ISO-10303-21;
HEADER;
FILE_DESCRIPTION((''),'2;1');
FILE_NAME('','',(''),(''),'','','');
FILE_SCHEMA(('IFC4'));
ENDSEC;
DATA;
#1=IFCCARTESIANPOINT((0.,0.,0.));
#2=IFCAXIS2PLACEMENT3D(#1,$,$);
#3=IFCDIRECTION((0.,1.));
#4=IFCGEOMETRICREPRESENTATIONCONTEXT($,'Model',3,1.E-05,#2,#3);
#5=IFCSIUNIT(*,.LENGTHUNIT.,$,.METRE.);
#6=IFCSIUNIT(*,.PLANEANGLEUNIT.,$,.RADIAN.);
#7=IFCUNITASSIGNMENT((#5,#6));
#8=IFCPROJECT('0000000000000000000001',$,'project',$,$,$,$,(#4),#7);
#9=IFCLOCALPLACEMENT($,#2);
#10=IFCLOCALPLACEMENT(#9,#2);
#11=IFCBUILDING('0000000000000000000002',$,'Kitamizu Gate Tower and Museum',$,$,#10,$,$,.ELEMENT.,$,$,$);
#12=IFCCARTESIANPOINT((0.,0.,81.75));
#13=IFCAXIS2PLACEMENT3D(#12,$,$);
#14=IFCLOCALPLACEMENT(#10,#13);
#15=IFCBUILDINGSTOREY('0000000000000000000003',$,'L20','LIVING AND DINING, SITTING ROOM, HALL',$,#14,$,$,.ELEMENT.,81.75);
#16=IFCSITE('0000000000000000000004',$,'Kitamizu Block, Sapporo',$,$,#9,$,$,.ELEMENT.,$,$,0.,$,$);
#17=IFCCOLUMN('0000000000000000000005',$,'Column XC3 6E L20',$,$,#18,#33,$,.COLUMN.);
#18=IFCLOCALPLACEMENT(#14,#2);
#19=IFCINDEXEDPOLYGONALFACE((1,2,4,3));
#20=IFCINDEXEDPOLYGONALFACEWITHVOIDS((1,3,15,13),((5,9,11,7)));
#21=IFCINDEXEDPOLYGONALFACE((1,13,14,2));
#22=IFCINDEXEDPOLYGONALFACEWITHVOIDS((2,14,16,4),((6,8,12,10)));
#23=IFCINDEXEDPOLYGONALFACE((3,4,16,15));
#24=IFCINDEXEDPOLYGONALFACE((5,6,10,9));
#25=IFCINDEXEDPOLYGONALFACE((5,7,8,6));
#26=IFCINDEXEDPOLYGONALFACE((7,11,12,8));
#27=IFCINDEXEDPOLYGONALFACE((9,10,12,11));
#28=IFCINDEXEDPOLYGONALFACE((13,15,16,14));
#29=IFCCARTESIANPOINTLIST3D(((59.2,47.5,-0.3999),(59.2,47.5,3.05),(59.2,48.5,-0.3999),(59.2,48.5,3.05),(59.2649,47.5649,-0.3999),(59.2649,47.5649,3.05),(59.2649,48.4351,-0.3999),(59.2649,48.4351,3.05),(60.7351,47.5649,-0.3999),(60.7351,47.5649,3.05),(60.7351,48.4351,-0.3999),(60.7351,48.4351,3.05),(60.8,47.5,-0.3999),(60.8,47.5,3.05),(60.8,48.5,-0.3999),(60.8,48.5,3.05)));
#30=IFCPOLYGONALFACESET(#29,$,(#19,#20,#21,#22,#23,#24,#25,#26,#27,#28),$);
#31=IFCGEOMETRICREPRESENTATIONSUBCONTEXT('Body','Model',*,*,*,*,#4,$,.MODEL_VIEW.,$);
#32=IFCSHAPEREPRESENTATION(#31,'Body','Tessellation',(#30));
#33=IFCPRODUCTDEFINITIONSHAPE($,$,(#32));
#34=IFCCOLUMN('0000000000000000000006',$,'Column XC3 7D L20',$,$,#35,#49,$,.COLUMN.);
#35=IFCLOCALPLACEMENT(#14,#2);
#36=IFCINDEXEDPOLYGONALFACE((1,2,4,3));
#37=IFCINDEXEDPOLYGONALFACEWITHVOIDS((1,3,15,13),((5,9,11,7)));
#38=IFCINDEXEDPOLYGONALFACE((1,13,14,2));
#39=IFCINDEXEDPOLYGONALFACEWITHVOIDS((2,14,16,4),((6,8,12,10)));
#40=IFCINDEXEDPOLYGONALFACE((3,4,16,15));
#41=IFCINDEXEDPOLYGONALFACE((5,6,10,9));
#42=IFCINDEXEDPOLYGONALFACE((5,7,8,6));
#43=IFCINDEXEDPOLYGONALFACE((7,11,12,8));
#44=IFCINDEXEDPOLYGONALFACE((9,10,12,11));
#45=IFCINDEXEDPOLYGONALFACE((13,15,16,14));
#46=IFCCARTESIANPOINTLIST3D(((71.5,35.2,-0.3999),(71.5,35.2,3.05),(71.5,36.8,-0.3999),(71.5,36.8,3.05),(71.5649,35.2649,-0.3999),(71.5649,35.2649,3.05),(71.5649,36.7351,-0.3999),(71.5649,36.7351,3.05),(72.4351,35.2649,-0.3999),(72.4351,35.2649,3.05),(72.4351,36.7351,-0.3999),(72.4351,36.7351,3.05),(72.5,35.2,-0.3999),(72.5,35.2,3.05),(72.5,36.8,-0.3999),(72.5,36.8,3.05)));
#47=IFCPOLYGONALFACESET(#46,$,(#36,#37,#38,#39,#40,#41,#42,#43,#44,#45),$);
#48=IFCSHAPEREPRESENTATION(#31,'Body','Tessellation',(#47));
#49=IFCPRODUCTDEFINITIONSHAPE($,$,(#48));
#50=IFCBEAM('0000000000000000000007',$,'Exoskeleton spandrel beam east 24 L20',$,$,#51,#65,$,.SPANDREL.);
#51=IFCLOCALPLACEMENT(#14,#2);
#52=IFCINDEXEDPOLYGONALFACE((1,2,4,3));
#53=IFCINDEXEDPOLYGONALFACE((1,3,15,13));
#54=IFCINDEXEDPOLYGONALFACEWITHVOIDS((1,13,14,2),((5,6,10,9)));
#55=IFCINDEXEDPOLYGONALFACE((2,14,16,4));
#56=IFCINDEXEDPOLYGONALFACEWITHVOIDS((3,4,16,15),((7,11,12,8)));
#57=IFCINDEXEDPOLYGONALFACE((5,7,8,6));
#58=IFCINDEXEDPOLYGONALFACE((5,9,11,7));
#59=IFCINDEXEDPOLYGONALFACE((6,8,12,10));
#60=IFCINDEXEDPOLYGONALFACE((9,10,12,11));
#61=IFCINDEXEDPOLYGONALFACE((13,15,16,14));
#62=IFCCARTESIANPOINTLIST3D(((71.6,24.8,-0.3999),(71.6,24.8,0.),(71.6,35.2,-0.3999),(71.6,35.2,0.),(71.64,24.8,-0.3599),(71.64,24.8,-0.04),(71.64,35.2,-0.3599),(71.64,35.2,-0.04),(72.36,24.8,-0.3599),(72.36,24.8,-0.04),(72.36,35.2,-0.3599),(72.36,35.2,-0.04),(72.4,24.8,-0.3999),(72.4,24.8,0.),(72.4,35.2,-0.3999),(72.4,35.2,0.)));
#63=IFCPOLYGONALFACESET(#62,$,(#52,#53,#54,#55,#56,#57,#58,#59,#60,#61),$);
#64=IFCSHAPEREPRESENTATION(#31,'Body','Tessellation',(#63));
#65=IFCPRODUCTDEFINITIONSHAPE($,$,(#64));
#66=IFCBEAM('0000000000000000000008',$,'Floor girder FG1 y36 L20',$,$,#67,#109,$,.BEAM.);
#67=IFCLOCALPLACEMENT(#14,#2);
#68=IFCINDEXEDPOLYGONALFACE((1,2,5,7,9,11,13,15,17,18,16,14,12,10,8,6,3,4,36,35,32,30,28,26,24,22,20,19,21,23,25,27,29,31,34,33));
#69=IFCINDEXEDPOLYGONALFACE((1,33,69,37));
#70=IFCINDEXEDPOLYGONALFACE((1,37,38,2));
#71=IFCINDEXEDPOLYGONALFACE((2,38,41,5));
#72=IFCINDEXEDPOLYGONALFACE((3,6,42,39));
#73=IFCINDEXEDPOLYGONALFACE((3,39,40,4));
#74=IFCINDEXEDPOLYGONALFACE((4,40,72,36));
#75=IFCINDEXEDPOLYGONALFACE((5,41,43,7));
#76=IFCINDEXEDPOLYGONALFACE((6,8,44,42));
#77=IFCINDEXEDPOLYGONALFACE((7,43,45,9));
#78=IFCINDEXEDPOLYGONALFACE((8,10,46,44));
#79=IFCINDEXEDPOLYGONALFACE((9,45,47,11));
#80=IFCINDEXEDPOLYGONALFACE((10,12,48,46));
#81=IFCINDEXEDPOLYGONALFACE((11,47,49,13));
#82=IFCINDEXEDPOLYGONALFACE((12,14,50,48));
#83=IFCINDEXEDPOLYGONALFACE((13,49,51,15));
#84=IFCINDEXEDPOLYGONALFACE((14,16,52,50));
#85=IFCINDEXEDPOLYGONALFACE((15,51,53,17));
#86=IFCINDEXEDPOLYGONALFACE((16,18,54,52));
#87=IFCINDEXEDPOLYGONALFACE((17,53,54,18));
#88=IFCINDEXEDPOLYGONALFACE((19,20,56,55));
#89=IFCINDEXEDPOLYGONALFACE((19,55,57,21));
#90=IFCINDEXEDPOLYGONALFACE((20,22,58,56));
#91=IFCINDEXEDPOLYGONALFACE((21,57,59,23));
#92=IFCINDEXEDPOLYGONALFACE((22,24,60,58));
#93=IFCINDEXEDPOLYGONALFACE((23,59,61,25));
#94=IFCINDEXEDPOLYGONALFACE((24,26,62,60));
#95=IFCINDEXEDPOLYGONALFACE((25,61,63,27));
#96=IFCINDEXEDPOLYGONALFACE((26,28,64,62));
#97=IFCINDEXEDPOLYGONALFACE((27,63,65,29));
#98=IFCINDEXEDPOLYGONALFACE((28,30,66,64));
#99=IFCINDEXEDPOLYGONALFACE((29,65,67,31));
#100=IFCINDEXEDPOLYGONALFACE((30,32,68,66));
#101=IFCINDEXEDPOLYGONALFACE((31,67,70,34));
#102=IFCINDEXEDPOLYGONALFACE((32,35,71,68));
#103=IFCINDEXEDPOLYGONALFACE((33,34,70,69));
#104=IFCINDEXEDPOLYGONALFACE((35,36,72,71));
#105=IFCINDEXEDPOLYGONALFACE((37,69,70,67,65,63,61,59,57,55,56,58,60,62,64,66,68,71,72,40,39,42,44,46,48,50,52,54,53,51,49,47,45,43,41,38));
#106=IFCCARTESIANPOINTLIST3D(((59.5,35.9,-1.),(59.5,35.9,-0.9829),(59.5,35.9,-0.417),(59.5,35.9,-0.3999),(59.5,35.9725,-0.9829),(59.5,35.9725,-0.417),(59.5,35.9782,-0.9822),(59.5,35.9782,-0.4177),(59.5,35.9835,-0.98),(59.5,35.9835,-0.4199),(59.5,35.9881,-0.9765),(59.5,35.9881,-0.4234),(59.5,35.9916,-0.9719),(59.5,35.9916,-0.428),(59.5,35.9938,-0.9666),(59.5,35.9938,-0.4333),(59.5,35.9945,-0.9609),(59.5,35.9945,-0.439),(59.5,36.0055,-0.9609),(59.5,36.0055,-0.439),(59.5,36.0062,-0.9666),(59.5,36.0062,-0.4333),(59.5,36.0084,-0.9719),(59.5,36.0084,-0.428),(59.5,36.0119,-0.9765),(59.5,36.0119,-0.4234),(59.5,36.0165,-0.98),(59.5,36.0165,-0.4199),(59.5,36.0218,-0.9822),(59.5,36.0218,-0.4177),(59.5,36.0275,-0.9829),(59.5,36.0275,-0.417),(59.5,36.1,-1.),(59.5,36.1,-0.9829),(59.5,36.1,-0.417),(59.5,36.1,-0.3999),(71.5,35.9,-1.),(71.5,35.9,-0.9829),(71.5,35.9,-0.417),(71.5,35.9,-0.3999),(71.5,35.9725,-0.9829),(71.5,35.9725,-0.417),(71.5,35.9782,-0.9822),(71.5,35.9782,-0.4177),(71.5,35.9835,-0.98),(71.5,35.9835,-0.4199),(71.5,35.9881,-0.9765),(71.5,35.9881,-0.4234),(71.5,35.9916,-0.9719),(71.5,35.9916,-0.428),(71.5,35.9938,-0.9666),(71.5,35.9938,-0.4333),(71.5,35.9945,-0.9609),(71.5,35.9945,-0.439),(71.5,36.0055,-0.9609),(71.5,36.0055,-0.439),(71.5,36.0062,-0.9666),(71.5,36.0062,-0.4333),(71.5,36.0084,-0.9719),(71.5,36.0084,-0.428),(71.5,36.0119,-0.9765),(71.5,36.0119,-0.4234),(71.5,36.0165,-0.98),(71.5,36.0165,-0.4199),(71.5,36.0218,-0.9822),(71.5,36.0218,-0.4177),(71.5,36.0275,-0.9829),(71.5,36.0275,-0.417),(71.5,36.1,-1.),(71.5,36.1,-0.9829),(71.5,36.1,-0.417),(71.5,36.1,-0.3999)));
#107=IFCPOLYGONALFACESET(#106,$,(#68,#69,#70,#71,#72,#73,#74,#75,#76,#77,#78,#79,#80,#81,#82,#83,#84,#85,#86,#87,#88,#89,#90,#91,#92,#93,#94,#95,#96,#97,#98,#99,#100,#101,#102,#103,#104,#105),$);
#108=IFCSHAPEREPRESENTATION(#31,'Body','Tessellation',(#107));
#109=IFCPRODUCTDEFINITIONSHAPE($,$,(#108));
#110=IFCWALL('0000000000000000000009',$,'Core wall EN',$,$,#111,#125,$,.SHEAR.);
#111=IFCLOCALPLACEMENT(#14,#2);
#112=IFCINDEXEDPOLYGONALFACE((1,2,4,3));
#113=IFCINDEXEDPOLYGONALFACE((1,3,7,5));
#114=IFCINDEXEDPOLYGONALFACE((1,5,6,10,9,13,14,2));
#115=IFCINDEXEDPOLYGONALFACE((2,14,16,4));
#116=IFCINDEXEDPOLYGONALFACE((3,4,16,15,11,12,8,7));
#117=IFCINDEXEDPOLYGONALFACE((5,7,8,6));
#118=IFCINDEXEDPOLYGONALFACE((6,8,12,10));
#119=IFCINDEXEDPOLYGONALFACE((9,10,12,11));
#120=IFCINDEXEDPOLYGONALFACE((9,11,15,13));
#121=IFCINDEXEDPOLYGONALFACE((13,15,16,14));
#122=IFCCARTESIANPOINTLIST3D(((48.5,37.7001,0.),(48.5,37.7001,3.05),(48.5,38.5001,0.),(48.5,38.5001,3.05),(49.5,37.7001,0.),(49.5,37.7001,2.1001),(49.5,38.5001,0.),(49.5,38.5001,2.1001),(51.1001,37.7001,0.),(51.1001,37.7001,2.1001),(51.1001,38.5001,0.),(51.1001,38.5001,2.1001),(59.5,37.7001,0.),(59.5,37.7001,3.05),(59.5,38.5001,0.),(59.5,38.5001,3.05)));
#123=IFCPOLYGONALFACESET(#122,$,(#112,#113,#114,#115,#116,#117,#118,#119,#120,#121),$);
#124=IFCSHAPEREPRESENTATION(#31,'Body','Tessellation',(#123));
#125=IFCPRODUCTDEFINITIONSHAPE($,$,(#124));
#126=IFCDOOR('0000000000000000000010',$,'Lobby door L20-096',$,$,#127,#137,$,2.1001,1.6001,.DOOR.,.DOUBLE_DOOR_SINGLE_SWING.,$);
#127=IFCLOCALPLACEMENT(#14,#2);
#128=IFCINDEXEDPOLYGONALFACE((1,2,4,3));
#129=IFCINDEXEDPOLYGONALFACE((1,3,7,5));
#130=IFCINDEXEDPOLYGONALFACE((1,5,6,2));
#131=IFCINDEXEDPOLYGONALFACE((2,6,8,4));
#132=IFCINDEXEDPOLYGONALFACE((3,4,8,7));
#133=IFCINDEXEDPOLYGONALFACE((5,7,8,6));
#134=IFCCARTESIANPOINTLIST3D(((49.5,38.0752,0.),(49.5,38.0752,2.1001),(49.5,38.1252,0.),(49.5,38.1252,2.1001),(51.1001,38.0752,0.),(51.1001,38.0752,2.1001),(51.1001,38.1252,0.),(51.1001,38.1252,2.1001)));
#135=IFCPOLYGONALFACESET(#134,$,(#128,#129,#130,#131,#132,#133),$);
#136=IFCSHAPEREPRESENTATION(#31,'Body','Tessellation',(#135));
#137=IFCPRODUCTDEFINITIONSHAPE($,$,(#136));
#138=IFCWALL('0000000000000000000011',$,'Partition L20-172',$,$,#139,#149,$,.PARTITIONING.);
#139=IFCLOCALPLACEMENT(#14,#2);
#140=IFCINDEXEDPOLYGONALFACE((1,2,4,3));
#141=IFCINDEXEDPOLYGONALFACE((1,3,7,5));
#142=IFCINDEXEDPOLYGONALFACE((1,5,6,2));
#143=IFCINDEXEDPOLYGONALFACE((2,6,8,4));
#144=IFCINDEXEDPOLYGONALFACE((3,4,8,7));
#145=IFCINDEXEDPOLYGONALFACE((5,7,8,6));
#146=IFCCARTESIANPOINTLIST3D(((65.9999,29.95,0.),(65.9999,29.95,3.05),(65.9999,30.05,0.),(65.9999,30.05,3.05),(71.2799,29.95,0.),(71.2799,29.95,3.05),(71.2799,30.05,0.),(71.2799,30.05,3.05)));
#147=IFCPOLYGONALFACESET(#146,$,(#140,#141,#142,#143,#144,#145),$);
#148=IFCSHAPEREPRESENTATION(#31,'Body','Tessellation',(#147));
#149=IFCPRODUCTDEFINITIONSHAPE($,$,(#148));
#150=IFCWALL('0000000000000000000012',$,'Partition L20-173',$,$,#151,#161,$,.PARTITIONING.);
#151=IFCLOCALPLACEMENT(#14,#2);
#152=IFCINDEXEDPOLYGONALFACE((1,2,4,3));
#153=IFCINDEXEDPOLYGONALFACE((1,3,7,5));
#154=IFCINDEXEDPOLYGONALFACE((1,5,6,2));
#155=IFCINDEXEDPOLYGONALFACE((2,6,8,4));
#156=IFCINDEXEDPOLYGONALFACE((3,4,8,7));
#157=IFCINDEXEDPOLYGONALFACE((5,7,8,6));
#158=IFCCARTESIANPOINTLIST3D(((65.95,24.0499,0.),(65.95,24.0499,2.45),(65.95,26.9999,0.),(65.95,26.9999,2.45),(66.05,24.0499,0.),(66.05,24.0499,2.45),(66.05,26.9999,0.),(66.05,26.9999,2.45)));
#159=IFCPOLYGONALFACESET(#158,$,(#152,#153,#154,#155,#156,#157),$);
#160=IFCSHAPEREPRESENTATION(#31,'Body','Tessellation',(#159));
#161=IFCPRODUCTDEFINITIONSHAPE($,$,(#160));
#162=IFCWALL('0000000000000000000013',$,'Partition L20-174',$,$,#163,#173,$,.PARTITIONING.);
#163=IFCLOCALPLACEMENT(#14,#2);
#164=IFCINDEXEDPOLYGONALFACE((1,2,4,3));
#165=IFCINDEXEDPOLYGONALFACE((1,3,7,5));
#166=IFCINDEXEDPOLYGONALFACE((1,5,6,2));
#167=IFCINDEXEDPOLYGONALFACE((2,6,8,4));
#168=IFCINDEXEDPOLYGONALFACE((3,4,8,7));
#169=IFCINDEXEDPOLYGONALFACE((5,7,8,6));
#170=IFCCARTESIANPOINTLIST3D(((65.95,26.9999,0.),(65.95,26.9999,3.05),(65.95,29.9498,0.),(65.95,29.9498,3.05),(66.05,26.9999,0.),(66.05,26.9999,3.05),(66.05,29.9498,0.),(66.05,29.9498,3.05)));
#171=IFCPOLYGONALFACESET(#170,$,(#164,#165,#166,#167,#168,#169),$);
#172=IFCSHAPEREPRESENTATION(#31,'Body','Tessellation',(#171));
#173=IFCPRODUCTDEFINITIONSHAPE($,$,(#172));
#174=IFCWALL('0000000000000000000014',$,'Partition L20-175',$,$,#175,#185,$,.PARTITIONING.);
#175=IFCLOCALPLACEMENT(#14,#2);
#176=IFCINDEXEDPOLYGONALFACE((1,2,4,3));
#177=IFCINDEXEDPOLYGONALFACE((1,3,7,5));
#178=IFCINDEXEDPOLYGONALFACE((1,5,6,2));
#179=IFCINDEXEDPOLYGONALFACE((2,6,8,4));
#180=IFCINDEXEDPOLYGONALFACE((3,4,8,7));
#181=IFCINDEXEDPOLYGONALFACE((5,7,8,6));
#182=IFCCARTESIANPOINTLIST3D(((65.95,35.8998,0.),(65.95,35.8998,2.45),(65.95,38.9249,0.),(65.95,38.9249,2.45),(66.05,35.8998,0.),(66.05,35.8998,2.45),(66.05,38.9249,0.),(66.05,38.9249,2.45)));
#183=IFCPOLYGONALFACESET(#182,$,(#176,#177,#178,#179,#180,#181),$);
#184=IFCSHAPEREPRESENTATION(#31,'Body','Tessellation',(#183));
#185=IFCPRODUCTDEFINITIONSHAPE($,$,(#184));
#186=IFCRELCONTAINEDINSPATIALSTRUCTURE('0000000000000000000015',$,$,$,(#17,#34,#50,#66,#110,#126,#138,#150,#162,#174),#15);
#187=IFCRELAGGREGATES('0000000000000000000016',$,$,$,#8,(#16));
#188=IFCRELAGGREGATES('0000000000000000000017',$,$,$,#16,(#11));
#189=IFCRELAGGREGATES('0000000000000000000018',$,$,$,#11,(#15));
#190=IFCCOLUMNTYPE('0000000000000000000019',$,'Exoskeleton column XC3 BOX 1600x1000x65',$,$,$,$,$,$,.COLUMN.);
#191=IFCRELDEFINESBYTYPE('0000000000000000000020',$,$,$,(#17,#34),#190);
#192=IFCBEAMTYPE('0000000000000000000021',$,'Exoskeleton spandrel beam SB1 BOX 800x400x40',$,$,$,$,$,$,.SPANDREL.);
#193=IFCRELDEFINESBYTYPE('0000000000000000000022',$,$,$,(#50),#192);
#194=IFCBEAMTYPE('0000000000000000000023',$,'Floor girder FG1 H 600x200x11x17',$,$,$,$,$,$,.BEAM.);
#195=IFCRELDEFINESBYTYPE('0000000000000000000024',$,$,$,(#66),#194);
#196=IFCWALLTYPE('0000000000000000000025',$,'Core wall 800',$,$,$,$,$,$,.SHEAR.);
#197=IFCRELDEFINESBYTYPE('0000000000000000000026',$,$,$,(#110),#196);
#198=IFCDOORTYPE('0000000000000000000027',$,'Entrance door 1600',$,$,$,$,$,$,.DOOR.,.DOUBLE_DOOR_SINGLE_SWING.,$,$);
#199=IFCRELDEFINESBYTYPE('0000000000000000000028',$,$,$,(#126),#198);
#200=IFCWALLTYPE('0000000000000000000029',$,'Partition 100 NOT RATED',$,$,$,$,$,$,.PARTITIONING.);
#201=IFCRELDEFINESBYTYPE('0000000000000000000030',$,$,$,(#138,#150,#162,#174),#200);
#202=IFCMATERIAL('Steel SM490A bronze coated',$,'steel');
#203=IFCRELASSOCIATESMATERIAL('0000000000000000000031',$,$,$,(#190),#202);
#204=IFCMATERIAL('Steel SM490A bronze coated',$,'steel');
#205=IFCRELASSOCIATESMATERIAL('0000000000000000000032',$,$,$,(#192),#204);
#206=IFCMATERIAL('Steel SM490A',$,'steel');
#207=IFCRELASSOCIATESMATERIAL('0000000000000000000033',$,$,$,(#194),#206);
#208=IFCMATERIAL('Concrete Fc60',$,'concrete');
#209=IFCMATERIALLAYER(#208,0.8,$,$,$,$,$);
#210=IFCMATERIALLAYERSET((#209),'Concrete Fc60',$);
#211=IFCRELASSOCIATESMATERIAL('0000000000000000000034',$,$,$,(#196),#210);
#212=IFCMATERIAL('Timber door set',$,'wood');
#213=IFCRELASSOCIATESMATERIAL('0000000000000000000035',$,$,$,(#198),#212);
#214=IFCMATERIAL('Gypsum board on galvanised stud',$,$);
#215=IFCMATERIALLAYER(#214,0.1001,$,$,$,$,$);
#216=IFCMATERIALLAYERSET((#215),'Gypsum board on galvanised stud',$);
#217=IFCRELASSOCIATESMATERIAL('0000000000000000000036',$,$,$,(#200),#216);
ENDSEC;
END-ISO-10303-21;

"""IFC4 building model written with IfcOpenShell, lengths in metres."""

from ifc_helpers import new_model, si_unit, direction, frame, frame_2d, origin, origin_2d, place, context, subcontext, project, spatial, rectangle, hollow_rectangle, i_section, extrude, material, layer, layer_set, material_profile, profile_set, type_object, element, fill, save


model = new_model("IFC4")

# Units and contexts
model_context = context("Model", 3, precision=1e-05, world=origin(), true_north=direction((0.0, 1.0)))
body_context = subcontext(model_context, "Body", "Model", "MODEL_VIEW")
ifc_project = project(units=[si_unit("LENGTHUNIT", "METRE"), si_unit("PLANEANGLEUNIT", "RADIAN")], contexts=[model_context])

# Site, building, storey
site_placement = place(None, origin())
site = spatial("IfcSite", under=ifc_project, at=site_placement, Name="Kitamizu Block, Sapporo", CompositionType="ELEMENT", RefElevation=0.0)
building_placement = place(site_placement, origin())
building = spatial("IfcBuilding", under=site, at=building_placement, Name="Kitamizu Gate Tower and Museum", CompositionType="ELEMENT")
storey_placement = place(building_placement, frame((0.0, 0.0, 81.75)))
storey = spatial("IfcBuildingStorey", under=building, at=storey_placement, Name="L20", Description="LIVING AND DINING, SITTING ROOM, HALL", CompositionType="ELEMENT", Elevation=81.75)

# Columns
ifc_material_1 = material(Name="Steel SM490A bronze coated", Category="steel")
ifc_material_profile_1 = material_profile(ifc_material_1, hollow_rectangle(XDim=1.6001, YDim=1.0, WallThickness=0.0649, at=origin_2d()), Name="BOX 1600x1000x65")
ifc_profile_set_1 = profile_set([ifc_material_profile_1], Name="Steel SM490A bronze coated")
column_type = type_object("IfcColumnType", Name="Exoskeleton column XC3 BOX 1600x1000x65", PredefinedType="COLUMN", material=ifc_profile_set_1)
for number, where, z_axis, x_axis, name in (
    (1, (60.0, 48.0, -0.3999), (0.0, 0.0, 1.0), (1.0, 0.0, 0.0), "Column XC3 6E L20"),
    (2, (72.0, 36.0, -0.3999), (0.0, 0.0, 1.0), (0.0, 1.0, 0.0), "Column XC3 7D L20"),
):
    element("IfcColumn", number, at=place(storey_placement, frame(where, z_axis=z_axis, x_axis=x_axis)), inside=storey, type_object=column_type, Name=name, PredefinedType="COLUMN", context=body_context, shape_type="SweptSolid", body=[
        extrude(hollow_rectangle(XDim=1.6001, YDim=1.0, WallThickness=0.0649, at=origin_2d()), origin(), (0.0, 0.0, 1.0), 3.45),
    ])

# Beams
ifc_material_2 = material(Name="Steel SM490A bronze coated", Category="steel")
ifc_material_profile_2 = material_profile(ifc_material_2, hollow_rectangle(XDim=0.8, YDim=0.3999, WallThickness=0.04, at=origin_2d()), Name="BOX 800x400x40")
ifc_profile_set_2 = profile_set([ifc_material_profile_2], Name="Steel SM490A bronze coated")
beam_type_1 = type_object("IfcBeamType", Name="Exoskeleton spandrel beam SB1 BOX 800x400x40", PredefinedType="SPANDREL", material=ifc_profile_set_2)
beam_1_placement = place(storey_placement, frame((72.0, 24.8, -0.2), z_axis=(0.0, 1.0, 0.0), x_axis=(-1.0, 0.0, 0.0)))
element("IfcBeam", 3, at=beam_1_placement, inside=storey, type_object=beam_type_1, Name="Exoskeleton spandrel beam east 24 L20", PredefinedType="SPANDREL", context=body_context, shape_type="SweptSolid", body=[
    extrude(hollow_rectangle(XDim=0.8, YDim=0.3999, WallThickness=0.04, at=origin_2d()), origin(), (0.0, 0.0, 1.0), 10.3999),
])
ifc_material_3 = material(Name="Steel SM490A", Category="steel")
ifc_material_profile_3 = material_profile(ifc_material_3, i_section(OverallWidth=0.2, OverallDepth=0.6001, WebThickness=0.011, FlangeThickness=0.0171, FilletRadius=0.022, at=origin_2d()), Name="H-600x200x11x17")
ifc_profile_set_3 = profile_set([ifc_material_profile_3], Name="Steel SM490A")
beam_type_2 = type_object("IfcBeamType", Name="Floor girder FG1 H 600x200x11x17", PredefinedType="BEAM", material=ifc_profile_set_3)
beam_2_placement = place(storey_placement, frame((59.5, 36.0, -0.7), z_axis=(1.0, 0.0, 0.0), x_axis=(0.0, 1.0, 0.0)))
element("IfcBeam", 4, at=beam_2_placement, inside=storey, type_object=beam_type_2, Name="Floor girder FG1 y36 L20", PredefinedType="BEAM", context=body_context, shape_type="SweptSolid", body=[
    extrude(i_section(OverallWidth=0.2, OverallDepth=0.6001, WebThickness=0.011, FlangeThickness=0.0171, FilletRadius=0.022, at=origin_2d()), origin(), (0.0, 0.0, 1.0), 12.0),
])

# Wall, opening, door
ifc_material_4 = material(Name="Concrete Fc60", Category="concrete")
ifc_layer_1 = layer(ifc_material_4, 0.8)
ifc_layer_set_1 = layer_set([ifc_layer_1], Name="Concrete Fc60")
wall_type_1 = type_object("IfcWallType", Name="Core wall 800", PredefinedType="SHEAR", material=ifc_layer_set_1)
wall_1_placement = place(storey_placement, frame((59.5, 38.1001, 0.0), z_axis=(0.0, 0.0, 1.0), x_axis=(-1.0, 0.0, 0.0)))
wall_1 = element("IfcWall", 5, at=wall_1_placement, inside=storey, type_object=wall_type_1, Name="Core wall EN", PredefinedType="SHEAR", context=body_context, shape_type="SweptSolid", body=[
    extrude(rectangle(XDim=11.0, YDim=0.8, at=frame_2d((5.5, 0.0))), origin(), (0.0, 0.0, 1.0), 3.05),
])
opening_1_placement = place(wall_1_placement, frame((8.3999, 0.0, 0.0)))
opening_1 = element("IfcOpeningElement", 6, at=opening_1_placement, cuts=wall_1, PredefinedType="OPENING", context=body_context, shape_type="SweptSolid", body=[
    extrude(rectangle(XDim=1.6001, YDim=2.1001, at=frame_2d((0.8, 1.05))), frame((0.0, 0.4102, 0.0), z_axis=(0.0, -1.0, 0.0), x_axis=(1.0, 0.0, 0.0)), (0.0, 0.0, 1.0), 0.8201),
])
ifc_material_5 = material(Name="Timber door set", Category="wood")
door_type_1 = type_object("IfcDoorType", Name="Entrance door 1600", OperationType="DOUBLE_DOOR_SINGLE_SWING", PredefinedType="DOOR", material=ifc_material_5)
door_1_placement = place(opening_1_placement, origin())
door_1 = element("IfcDoor", 7, at=door_1_placement, inside=storey, type_object=door_type_1, Name="Lobby door L20-096", OperationType="DOUBLE_DOOR_SINGLE_SWING", OverallHeight=2.1001, OverallWidth=1.6001, PredefinedType="DOOR", context=body_context, shape_type="SweptSolid", body=[
    extrude(rectangle(XDim=1.6001, YDim=2.1001, at=frame_2d((0.8, 1.05))), frame((0.0, 0.0249, 0.0), z_axis=(0.0, -1.0, 0.0), x_axis=(1.0, 0.0, 0.0)), (0.0, 0.0, 1.0), 0.05),
])
fill(opening_1, door_1)

# Walls
ifc_material_6 = material(Name="Gypsum board on galvanised stud")
ifc_layer_2 = layer(ifc_material_6, 0.1001)
ifc_layer_set_2 = layer_set([ifc_layer_2], Name="Gypsum board on galvanised stud")
wall_type_2 = type_object("IfcWallType", Name="Partition 100 NOT RATED", PredefinedType="PARTITIONING", material=ifc_layer_set_2)
wall_2_placement = place(storey_placement, frame((71.28, 30.0, 0.0), z_axis=(0.0, 0.0, 1.0), x_axis=(-1.0, 0.0, 0.0)))
element("IfcWall", 8, at=wall_2_placement, inside=storey, type_object=wall_type_2, Name="Partition L20-172", PredefinedType="PARTITIONING", context=body_context, shape_type="SweptSolid", body=[
    extrude(rectangle(XDim=5.28, YDim=0.1001, at=frame_2d((2.6401, 0.0))), origin(), (0.0, 0.0, 1.0), 3.05),
])
wall_3_placement = place(storey_placement, frame((66.0, 27.0, 0.0), z_axis=(0.0, 0.0, 1.0), x_axis=(0.0, -1.0, 0.0)))
element("IfcWall", 9, at=wall_3_placement, inside=storey, type_object=wall_type_2, Name="Partition L20-173", PredefinedType="PARTITIONING", context=body_context, shape_type="SweptSolid", body=[
    extrude(rectangle(XDim=2.95, YDim=0.1001, at=frame_2d((1.4751, 0.0))), origin(), (0.0, 0.0, 1.0), 2.45),
])
wall_4_placement = place(storey_placement, frame((66.0, 29.95, 0.0), z_axis=(0.0, 0.0, 1.0), x_axis=(0.0, -1.0, 0.0)))
element("IfcWall", 10, at=wall_4_placement, inside=storey, type_object=wall_type_2, Name="Partition L20-174", PredefinedType="PARTITIONING", context=body_context, shape_type="SweptSolid", body=[
    extrude(rectangle(XDim=2.95, YDim=0.1001, at=frame_2d((1.4751, 0.0))), origin(), (0.0, 0.0, 1.0), 3.05),
])
wall_5_placement = place(storey_placement, frame((66.0, 38.925, 0.0), z_axis=(0.0, 0.0, 1.0), x_axis=(0.0, -1.0, 0.0)))
element("IfcWall", 11, at=wall_5_placement, inside=storey, type_object=wall_type_2, Name="Partition L20-175", PredefinedType="PARTITIONING", context=body_context, shape_type="SweptSolid", body=[
    extrude(rectangle(XDim=3.0251, YDim=0.1001, at=frame_2d((1.5127, 0.0))), origin(), (0.0, 0.0, 1.0), 2.45),
])

save(model, "model.ifc")
